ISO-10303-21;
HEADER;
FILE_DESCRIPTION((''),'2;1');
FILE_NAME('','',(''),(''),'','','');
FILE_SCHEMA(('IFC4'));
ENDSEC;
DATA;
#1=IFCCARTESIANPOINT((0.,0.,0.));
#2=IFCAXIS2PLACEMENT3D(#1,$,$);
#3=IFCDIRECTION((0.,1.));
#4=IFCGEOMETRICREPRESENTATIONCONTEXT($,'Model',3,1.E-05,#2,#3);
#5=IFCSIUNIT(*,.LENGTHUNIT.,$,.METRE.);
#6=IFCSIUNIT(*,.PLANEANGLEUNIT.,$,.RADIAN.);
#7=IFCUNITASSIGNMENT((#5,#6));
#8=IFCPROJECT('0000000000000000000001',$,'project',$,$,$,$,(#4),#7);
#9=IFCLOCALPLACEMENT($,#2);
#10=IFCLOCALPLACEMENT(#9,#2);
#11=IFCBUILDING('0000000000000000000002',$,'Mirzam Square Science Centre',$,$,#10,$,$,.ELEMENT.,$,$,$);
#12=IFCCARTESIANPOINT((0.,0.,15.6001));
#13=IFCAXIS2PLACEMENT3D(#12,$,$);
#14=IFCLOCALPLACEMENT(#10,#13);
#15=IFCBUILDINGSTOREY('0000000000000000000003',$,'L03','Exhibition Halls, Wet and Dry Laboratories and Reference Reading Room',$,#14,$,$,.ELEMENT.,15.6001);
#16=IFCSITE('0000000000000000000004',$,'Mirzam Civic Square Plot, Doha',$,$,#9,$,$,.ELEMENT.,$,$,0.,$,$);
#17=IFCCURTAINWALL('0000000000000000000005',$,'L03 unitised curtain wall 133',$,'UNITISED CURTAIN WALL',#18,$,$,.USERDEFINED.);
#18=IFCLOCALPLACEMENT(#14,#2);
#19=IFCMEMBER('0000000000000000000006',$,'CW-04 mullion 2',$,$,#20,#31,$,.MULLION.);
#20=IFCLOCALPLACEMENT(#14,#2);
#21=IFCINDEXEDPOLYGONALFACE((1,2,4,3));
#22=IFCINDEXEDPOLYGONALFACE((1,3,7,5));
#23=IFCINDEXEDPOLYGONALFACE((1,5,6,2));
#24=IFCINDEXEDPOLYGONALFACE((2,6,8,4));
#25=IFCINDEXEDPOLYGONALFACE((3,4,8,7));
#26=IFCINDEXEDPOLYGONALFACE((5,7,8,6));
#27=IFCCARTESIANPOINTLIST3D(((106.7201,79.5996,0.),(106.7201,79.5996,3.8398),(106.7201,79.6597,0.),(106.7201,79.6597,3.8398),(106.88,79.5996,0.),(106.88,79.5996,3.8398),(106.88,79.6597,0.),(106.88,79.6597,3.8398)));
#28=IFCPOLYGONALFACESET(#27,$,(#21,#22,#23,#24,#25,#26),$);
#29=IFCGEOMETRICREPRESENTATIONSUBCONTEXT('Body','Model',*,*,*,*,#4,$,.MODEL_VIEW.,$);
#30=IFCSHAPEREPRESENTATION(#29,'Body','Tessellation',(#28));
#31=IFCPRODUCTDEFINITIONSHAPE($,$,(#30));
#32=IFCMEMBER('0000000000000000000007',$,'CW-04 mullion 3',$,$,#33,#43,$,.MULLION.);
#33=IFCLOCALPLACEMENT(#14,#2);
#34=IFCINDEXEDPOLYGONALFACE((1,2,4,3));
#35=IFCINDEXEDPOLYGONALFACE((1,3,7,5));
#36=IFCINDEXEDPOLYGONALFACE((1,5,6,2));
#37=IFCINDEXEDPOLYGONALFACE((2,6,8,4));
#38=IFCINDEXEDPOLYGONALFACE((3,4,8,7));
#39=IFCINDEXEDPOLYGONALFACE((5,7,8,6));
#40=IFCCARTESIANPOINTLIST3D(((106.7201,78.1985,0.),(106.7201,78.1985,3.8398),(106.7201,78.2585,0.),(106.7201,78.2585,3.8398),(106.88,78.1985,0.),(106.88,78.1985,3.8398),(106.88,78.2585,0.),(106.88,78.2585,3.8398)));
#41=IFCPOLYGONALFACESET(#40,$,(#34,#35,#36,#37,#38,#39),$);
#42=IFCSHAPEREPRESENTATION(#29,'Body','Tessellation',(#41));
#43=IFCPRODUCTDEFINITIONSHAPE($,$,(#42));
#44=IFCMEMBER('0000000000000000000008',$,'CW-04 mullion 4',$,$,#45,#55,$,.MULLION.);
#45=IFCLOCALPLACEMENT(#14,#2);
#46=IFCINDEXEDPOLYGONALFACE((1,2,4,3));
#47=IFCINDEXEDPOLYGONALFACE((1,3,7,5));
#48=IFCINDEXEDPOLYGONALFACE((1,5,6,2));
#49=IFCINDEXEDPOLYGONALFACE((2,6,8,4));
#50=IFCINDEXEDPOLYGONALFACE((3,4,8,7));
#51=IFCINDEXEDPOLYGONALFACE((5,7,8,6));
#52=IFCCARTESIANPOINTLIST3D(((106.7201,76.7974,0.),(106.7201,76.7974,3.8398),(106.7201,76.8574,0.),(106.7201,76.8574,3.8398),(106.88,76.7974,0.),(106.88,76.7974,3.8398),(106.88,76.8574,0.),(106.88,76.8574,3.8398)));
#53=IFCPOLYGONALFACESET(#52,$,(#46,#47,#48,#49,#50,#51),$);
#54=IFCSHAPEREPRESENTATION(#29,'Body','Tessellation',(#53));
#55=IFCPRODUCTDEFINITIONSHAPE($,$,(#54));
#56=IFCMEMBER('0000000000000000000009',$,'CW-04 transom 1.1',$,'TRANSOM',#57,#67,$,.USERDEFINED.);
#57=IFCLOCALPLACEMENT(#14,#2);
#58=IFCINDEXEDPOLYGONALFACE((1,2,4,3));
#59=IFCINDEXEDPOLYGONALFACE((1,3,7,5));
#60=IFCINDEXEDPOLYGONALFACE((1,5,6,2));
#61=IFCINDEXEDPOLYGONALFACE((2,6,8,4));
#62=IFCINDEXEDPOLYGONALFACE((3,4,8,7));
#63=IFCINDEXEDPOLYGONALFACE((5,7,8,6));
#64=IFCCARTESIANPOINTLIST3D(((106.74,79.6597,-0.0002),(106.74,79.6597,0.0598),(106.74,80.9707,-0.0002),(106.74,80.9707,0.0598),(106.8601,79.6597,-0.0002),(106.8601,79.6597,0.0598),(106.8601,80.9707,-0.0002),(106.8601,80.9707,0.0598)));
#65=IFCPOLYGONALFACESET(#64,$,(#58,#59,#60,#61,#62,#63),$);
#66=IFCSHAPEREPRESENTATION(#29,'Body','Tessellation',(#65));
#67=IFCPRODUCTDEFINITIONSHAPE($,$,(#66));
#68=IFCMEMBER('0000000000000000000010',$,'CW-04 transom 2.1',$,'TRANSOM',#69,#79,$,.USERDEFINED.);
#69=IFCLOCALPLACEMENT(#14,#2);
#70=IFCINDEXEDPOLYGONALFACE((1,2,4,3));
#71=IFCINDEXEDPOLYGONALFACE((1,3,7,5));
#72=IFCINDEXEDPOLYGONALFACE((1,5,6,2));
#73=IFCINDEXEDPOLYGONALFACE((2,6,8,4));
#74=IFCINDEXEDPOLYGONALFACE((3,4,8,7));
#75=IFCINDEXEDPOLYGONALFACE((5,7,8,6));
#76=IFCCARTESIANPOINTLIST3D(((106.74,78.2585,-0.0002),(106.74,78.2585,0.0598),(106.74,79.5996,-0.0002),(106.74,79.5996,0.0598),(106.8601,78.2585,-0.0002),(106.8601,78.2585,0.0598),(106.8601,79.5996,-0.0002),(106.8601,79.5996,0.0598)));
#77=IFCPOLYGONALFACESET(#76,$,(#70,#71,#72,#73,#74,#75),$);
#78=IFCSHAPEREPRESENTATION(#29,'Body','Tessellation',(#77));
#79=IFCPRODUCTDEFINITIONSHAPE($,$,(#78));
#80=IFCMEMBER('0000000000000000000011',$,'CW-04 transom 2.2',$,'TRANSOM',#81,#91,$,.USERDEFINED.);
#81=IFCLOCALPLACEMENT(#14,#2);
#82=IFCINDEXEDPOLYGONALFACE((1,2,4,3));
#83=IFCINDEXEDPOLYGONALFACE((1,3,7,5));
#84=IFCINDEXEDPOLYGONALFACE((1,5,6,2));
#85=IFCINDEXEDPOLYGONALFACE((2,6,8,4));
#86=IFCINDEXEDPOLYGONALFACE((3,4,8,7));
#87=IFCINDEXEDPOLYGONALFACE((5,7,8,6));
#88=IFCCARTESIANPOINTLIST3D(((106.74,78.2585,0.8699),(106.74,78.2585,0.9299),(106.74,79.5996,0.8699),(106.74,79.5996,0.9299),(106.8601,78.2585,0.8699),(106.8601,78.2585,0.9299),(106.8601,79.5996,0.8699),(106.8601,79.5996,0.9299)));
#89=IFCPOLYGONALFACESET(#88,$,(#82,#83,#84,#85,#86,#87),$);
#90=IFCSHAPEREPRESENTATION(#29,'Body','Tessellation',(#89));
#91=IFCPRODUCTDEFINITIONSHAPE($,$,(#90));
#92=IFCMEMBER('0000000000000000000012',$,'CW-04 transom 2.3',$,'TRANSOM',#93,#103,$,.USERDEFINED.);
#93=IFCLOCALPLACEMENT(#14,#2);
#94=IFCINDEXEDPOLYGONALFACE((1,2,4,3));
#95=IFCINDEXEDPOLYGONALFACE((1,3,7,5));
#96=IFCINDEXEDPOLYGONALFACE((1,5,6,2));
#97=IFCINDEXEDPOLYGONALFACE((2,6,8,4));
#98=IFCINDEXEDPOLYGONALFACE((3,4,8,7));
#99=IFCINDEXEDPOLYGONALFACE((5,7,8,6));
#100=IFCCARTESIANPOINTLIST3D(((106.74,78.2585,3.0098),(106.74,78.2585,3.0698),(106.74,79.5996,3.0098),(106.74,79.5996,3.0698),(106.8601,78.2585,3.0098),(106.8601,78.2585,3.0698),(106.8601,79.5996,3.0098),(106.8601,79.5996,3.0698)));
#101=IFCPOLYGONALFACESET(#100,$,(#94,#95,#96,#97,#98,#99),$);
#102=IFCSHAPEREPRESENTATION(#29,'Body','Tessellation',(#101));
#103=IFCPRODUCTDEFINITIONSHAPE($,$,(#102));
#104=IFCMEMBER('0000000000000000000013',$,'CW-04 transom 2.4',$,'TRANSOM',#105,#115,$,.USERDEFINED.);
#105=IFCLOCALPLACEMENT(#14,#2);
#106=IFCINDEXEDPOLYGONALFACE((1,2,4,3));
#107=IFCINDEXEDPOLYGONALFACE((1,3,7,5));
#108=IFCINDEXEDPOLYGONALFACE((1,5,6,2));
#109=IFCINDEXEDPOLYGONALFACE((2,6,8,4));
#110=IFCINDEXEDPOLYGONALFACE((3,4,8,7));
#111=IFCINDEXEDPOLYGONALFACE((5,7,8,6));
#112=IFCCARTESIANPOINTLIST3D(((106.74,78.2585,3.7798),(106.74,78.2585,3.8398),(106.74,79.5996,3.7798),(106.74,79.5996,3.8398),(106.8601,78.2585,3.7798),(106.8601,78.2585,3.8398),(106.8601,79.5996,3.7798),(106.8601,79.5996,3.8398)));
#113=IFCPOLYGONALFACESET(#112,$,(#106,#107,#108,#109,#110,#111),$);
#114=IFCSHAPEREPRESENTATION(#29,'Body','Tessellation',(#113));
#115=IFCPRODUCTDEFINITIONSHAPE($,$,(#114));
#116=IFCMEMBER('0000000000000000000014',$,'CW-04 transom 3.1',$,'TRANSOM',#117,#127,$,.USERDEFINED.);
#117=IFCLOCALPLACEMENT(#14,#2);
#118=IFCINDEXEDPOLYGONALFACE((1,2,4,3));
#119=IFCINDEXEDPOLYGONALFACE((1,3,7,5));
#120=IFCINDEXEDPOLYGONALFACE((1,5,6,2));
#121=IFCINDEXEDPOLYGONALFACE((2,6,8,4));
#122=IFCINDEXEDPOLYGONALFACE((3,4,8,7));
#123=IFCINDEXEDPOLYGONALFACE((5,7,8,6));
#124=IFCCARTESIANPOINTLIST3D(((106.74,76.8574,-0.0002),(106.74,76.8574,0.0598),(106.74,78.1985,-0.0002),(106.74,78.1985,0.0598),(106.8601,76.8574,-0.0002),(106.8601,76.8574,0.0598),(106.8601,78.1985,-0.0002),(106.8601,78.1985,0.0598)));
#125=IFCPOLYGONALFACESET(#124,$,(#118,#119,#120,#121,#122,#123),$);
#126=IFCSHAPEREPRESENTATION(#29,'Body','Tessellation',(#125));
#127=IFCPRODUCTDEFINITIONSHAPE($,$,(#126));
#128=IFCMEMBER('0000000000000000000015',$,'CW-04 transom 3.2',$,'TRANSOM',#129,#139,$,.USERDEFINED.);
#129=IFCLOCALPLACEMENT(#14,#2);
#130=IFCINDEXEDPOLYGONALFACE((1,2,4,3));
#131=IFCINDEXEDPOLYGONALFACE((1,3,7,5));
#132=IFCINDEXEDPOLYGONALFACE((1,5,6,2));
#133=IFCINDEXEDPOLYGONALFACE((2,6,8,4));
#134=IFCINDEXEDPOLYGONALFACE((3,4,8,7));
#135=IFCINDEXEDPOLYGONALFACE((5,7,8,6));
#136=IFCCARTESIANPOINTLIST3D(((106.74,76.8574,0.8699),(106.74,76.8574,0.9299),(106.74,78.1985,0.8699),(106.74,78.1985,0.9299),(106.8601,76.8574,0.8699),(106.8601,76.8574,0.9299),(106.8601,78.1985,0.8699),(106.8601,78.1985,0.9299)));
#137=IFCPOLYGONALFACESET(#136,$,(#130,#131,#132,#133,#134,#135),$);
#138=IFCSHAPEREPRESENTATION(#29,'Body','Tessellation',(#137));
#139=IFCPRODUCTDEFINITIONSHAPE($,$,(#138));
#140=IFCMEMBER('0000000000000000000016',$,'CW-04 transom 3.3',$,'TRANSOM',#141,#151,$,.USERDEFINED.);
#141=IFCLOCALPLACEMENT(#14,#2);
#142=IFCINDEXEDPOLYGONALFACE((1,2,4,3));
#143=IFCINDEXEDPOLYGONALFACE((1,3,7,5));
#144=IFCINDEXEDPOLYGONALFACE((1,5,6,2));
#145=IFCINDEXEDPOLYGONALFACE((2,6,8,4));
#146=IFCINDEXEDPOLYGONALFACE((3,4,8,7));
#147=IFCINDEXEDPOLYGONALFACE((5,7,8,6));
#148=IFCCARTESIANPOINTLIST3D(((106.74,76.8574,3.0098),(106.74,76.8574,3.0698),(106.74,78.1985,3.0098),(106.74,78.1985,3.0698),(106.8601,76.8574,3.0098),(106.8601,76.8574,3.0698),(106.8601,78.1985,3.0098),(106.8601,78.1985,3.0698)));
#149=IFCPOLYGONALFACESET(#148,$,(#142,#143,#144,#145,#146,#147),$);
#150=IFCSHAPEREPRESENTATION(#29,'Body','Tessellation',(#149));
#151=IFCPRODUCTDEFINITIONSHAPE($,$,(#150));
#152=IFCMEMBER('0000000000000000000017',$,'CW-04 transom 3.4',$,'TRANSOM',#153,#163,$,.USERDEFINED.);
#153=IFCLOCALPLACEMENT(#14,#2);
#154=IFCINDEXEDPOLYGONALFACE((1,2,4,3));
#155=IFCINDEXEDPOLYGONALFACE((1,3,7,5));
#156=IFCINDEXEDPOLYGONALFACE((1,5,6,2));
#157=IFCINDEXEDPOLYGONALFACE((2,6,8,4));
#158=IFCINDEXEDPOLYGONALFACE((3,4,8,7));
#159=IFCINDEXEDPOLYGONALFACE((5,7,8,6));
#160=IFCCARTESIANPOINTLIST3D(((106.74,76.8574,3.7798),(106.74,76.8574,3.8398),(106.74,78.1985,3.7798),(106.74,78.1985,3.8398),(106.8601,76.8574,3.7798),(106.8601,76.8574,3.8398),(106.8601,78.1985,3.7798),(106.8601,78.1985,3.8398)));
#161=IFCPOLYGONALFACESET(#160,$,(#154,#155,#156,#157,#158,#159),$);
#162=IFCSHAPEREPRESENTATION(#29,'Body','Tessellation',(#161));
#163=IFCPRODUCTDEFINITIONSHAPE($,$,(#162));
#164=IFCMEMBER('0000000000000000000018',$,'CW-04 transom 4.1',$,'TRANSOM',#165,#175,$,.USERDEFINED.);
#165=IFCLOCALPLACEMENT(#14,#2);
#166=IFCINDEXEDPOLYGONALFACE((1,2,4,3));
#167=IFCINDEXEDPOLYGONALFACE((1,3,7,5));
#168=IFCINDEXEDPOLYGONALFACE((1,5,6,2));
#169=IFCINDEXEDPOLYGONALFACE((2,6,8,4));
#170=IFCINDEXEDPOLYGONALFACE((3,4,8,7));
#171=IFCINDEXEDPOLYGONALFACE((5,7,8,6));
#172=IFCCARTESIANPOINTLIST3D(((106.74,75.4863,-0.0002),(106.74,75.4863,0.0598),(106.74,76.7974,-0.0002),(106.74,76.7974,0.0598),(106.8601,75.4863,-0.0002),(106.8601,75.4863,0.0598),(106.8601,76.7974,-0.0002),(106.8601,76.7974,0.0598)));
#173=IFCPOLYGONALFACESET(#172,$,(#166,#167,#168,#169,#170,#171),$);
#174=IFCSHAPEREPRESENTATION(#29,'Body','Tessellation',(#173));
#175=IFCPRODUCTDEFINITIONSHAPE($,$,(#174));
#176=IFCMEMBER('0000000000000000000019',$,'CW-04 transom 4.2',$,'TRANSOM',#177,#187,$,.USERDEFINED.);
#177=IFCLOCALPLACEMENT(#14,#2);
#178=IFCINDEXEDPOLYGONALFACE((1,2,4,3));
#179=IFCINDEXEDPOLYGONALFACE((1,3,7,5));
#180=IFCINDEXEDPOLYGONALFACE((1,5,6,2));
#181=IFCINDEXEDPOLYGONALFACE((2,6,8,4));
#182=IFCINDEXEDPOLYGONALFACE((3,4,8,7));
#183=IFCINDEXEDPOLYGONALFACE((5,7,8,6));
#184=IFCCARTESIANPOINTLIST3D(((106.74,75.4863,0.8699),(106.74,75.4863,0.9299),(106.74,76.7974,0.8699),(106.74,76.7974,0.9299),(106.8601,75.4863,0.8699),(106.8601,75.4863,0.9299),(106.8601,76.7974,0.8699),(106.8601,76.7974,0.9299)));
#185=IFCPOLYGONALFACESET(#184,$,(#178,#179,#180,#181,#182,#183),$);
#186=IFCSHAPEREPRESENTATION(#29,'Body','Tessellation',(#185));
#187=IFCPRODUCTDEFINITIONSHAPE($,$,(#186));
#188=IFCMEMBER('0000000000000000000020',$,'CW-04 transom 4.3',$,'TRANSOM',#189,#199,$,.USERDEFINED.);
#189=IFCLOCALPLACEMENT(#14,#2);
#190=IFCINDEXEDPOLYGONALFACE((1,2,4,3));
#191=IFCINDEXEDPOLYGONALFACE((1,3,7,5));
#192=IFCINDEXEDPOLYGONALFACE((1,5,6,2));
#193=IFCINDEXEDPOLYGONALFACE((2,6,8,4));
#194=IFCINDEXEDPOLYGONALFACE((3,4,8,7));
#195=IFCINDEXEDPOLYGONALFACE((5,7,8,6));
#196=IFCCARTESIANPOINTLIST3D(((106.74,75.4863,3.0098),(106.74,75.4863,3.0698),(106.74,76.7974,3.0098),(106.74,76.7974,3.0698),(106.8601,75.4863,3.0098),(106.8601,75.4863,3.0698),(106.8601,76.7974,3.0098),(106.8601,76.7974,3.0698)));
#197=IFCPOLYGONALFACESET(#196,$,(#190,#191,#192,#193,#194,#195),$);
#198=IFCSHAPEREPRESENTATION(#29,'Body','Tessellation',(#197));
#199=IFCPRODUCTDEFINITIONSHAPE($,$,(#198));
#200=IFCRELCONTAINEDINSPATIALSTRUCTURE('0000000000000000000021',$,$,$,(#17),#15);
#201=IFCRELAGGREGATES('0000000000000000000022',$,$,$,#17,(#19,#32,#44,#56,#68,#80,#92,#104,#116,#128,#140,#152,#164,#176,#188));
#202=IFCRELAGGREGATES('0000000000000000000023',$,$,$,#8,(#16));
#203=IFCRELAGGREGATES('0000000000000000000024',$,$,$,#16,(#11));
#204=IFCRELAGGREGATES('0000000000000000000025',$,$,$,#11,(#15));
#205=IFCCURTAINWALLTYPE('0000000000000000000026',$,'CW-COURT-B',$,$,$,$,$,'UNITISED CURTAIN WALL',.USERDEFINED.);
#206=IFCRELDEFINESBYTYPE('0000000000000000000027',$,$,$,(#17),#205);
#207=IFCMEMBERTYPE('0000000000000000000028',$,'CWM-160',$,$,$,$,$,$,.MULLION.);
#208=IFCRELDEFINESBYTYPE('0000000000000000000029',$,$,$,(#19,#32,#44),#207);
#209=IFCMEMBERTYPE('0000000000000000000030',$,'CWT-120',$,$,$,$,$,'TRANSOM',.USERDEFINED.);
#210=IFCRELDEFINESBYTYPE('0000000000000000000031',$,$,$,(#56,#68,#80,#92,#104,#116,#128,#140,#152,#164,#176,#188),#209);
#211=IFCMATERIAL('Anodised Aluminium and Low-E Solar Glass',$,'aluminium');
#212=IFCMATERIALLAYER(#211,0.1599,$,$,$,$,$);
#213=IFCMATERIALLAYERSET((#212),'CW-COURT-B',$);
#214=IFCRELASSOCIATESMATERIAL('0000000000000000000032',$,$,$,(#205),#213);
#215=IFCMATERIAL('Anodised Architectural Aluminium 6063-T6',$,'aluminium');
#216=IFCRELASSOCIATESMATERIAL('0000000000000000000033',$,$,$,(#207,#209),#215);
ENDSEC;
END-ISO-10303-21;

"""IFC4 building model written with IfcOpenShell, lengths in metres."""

from ifc_helpers import new_model, si_unit, direction, frame, origin, origin_2d, place, context, subcontext, project, spatial, rectangle, extrude, material, layer, layer_set, material_profile, profile_set, type_object, element, aggregate, save


model = new_model("IFC4")

# Units and contexts
model_context = context("Model", 3, precision=1e-05, world=origin(), true_north=direction((0.0, 1.0)))
body_context = subcontext(model_context, "Body", "Model", "MODEL_VIEW")
ifc_project = project(units=[si_unit("LENGTHUNIT", "METRE"), si_unit("PLANEANGLEUNIT", "RADIAN")], contexts=[model_context])

# Site, building, storey
site_placement = place(None, origin())
site = spatial("IfcSite", under=ifc_project, at=site_placement, Name="Mirzam Civic Square Plot, Doha", CompositionType="ELEMENT", RefElevation=0.0)
building_placement = place(site_placement, origin())
building = spatial("IfcBuilding", under=site, at=building_placement, Name="Mirzam Square Science Centre", CompositionType="ELEMENT")
storey_placement = place(building_placement, frame((0.0, 0.0, 15.6001)))
storey = spatial("IfcBuildingStorey", under=building, at=storey_placement, Name="L03", Description="Exhibition Halls, Wet and Dry Laboratories and Reference Reading Room", CompositionType="ELEMENT", Elevation=15.6001)

# Curtain wall, members
ifc_material_1 = material(Name="Anodised Aluminium and Low-E Solar Glass", Category="aluminium")
ifc_layer_1 = layer(ifc_material_1, 0.1599)
ifc_layer_set_1 = layer_set([ifc_layer_1], Name="CW-COURT-B")
curtain_wall_type = type_object("IfcCurtainWallType", Name="CW-COURT-B", ElementType="UNITISED CURTAIN WALL", PredefinedType="USERDEFINED", material=ifc_layer_set_1)
curtain_wall_placement = place(storey_placement, origin())
curtain_wall = element("IfcCurtainWall", 1, at=curtain_wall_placement, inside=storey, type_object=curtain_wall_type, Name="L03 unitised curtain wall 133", ObjectType="UNITISED CURTAIN WALL", PredefinedType="USERDEFINED")
ifc_material_2 = material(Name="Anodised Architectural Aluminium 6063-T6", Category="aluminium")
ifc_material_profile_1 = material_profile(ifc_material_2, rectangle(XDim=0.0601, YDim=0.1599, at=origin_2d()), Name="ALU-MULL-160x60x4")
ifc_profile_set_1 = profile_set([ifc_material_profile_1], Name="Anodised Architectural Aluminium 6063-T6")
member_type_1 = type_object("IfcMemberType", Name="CWM-160", PredefinedType="MULLION", material=ifc_profile_set_1)
member_1_placement = place(storey_placement, frame((106.8, 79.6296, 0.0), z_axis=(0.0, 0.0, 1.0), x_axis=(0.0, -1.0, 0.0)))
member_1 = element("IfcMember", 2, at=member_1_placement, type_object=member_type_1, Name="CW-04 mullion 2", PredefinedType="MULLION", context=body_context, shape_type="SweptSolid", body=[
    extrude(rectangle(XDim=0.0601, YDim=0.1599, at=origin_2d()), origin(), (0.0, 0.0, 1.0), 3.8398),
])
member_2_placement = place(storey_placement, frame((106.8, 78.2285, 0.0), z_axis=(0.0, 0.0, 1.0), x_axis=(0.0, -1.0, 0.0)))
member_2 = element("IfcMember", 3, at=member_2_placement, type_object=member_type_1, Name="CW-04 mullion 3", PredefinedType="MULLION", context=body_context, shape_type="SweptSolid", body=[
    extrude(rectangle(XDim=0.0601, YDim=0.1599, at=origin_2d()), origin(), (0.0, 0.0, 1.0), 3.8398),
])
member_3_placement = place(storey_placement, frame((106.8, 76.8274, 0.0), z_axis=(0.0, 0.0, 1.0), x_axis=(0.0, -1.0, 0.0)))
member_3 = element("IfcMember", 4, at=member_3_placement, type_object=member_type_1, Name="CW-04 mullion 4", PredefinedType="MULLION", context=body_context, shape_type="SweptSolid", body=[
    extrude(rectangle(XDim=0.0601, YDim=0.1599, at=origin_2d()), origin(), (0.0, 0.0, 1.0), 3.8398),
])
ifc_material_profile_2 = material_profile(ifc_material_2, rectangle(XDim=0.1201, YDim=0.0601, at=origin_2d()), Name="ALU-TRAN-120x60x4")
ifc_profile_set_2 = profile_set([ifc_material_profile_2], Name="Anodised Architectural Aluminium 6063-T6")
member_type_2 = type_object("IfcMemberType", Name="CWT-120", ElementType="TRANSOM", PredefinedType="USERDEFINED", material=ifc_profile_set_2)
member_4_placement = place(storey_placement, frame((106.8, 80.9707, 0.0298), z_axis=(0.0, -1.0, 0.0), x_axis=(1.0, 0.0, 0.0)))
member_4 = element("IfcMember", 5, at=member_4_placement, type_object=member_type_2, Name="CW-04 transom 1.1", ObjectType="TRANSOM", PredefinedType="USERDEFINED", context=body_context, shape_type="SweptSolid", body=[
    extrude(rectangle(XDim=0.1201, YDim=0.0601, at=origin_2d()), origin(), (0.0, 0.0, 1.0), 1.311),
])
member_5_placement = place(storey_placement, frame((106.8, 79.5996, 0.0298), z_axis=(0.0, -1.0, 0.0), x_axis=(1.0, 0.0, 0.0)))
member_5 = element("IfcMember", 6, at=member_5_placement, type_object=member_type_2, Name="CW-04 transom 2.1", ObjectType="TRANSOM", PredefinedType="USERDEFINED", context=body_context, shape_type="SweptSolid", body=[
    extrude(rectangle(XDim=0.1201, YDim=0.0601, at=origin_2d()), origin(), (0.0, 0.0, 1.0), 1.3411),
])
member_6_placement = place(storey_placement, frame((106.8, 79.5996, 0.8999), z_axis=(0.0, -1.0, 0.0), x_axis=(1.0, 0.0, 0.0)))
member_6 = element("IfcMember", 7, at=member_6_placement, type_object=member_type_2, Name="CW-04 transom 2.2", ObjectType="TRANSOM", PredefinedType="USERDEFINED", context=body_context, shape_type="SweptSolid", body=[
    extrude(rectangle(XDim=0.1201, YDim=0.0601, at=origin_2d()), origin(), (0.0, 0.0, 1.0), 1.3411),
])
member_7_placement = place(storey_placement, frame((106.8, 79.5996, 3.0398), z_axis=(0.0, -1.0, 0.0), x_axis=(1.0, 0.0, 0.0)))
member_7 = element("IfcMember", 8, at=member_7_placement, type_object=member_type_2, Name="CW-04 transom 2.3", ObjectType="TRANSOM", PredefinedType="USERDEFINED", context=body_context, shape_type="SweptSolid", body=[
    extrude(rectangle(XDim=0.1201, YDim=0.0601, at=origin_2d()), origin(), (0.0, 0.0, 1.0), 1.3411),
])
member_8_placement = place(storey_placement, frame((106.8, 79.5996, 3.8098), z_axis=(0.0, -1.0, 0.0), x_axis=(1.0, 0.0, 0.0)))
member_8 = element("IfcMember", 9, at=member_8_placement, type_object=member_type_2, Name="CW-04 transom 2.4", ObjectType="TRANSOM", PredefinedType="USERDEFINED", context=body_context, shape_type="SweptSolid", body=[
    extrude(rectangle(XDim=0.1201, YDim=0.0601, at=origin_2d()), origin(), (0.0, 0.0, 1.0), 1.3411),
])
member_9_placement = place(storey_placement, frame((106.8, 78.1985, 0.0298), z_axis=(0.0, -1.0, 0.0), x_axis=(1.0, 0.0, 0.0)))
member_9 = element("IfcMember", 10, at=member_9_placement, type_object=member_type_2, Name="CW-04 transom 3.1", ObjectType="TRANSOM", PredefinedType="USERDEFINED", context=body_context, shape_type="SweptSolid", body=[
    extrude(rectangle(XDim=0.1201, YDim=0.0601, at=origin_2d()), origin(), (0.0, 0.0, 1.0), 1.3411),
])
member_10_placement = place(storey_placement, frame((106.8, 78.1985, 0.8999), z_axis=(0.0, -1.0, 0.0), x_axis=(1.0, 0.0, 0.0)))
member_10 = element("IfcMember", 11, at=member_10_placement, type_object=member_type_2, Name="CW-04 transom 3.2", ObjectType="TRANSOM", PredefinedType="USERDEFINED", context=body_context, shape_type="SweptSolid", body=[
    extrude(rectangle(XDim=0.1201, YDim=0.0601, at=origin_2d()), origin(), (0.0, 0.0, 1.0), 1.3411),
])
member_11_placement = place(storey_placement, frame((106.8, 78.1985, 3.0398), z_axis=(0.0, -1.0, 0.0), x_axis=(1.0, 0.0, 0.0)))
member_11 = element("IfcMember", 12, at=member_11_placement, type_object=member_type_2, Name="CW-04 transom 3.3", ObjectType="TRANSOM", PredefinedType="USERDEFINED", context=body_context, shape_type="SweptSolid", body=[
    extrude(rectangle(XDim=0.1201, YDim=0.0601, at=origin_2d()), origin(), (0.0, 0.0, 1.0), 1.3411),
])
member_12_placement = place(storey_placement, frame((106.8, 78.1985, 3.8098), z_axis=(0.0, -1.0, 0.0), x_axis=(1.0, 0.0, 0.0)))
member_12 = element("IfcMember", 13, at=member_12_placement, type_object=member_type_2, Name="CW-04 transom 3.4", ObjectType="TRANSOM", PredefinedType="USERDEFINED", context=body_context, shape_type="SweptSolid", body=[
    extrude(rectangle(XDim=0.1201, YDim=0.0601, at=origin_2d()), origin(), (0.0, 0.0, 1.0), 1.3411),
])
member_13_placement = place(storey_placement, frame((106.8, 76.7974, 0.0298), z_axis=(0.0, -1.0, 0.0), x_axis=(1.0, 0.0, 0.0)))
member_13 = element("IfcMember", 14, at=member_13_placement, type_object=member_type_2, Name="CW-04 transom 4.1", ObjectType="TRANSOM", PredefinedType="USERDEFINED", context=body_context, shape_type="SweptSolid", body=[
    extrude(rectangle(XDim=0.1201, YDim=0.0601, at=origin_2d()), origin(), (0.0, 0.0, 1.0), 1.311),
])
member_14_placement = place(storey_placement, frame((106.8, 76.7974, 0.8999), z_axis=(0.0, -1.0, 0.0), x_axis=(1.0, 0.0, 0.0)))
member_14 = element("IfcMember", 15, at=member_14_placement, type_object=member_type_2, Name="CW-04 transom 4.2", ObjectType="TRANSOM", PredefinedType="USERDEFINED", context=body_context, shape_type="SweptSolid", body=[
    extrude(rectangle(XDim=0.1201, YDim=0.0601, at=origin_2d()), origin(), (0.0, 0.0, 1.0), 1.311),
])
member_15_placement = place(storey_placement, frame((106.8, 76.7974, 3.0398), z_axis=(0.0, -1.0, 0.0), x_axis=(1.0, 0.0, 0.0)))
member_15 = element("IfcMember", 16, at=member_15_placement, type_object=member_type_2, Name="CW-04 transom 4.3", ObjectType="TRANSOM", PredefinedType="USERDEFINED", context=body_context, shape_type="SweptSolid", body=[
    extrude(rectangle(XDim=0.1201, YDim=0.0601, at=origin_2d()), origin(), (0.0, 0.0, 1.0), 1.311),
])
aggregate(curtain_wall, [member_1, member_2, member_3, member_4, member_5, member_6, member_7, member_8, member_9, member_10, member_11, member_12, member_13, member_14, member_15])

save(model, "model.ifc")
